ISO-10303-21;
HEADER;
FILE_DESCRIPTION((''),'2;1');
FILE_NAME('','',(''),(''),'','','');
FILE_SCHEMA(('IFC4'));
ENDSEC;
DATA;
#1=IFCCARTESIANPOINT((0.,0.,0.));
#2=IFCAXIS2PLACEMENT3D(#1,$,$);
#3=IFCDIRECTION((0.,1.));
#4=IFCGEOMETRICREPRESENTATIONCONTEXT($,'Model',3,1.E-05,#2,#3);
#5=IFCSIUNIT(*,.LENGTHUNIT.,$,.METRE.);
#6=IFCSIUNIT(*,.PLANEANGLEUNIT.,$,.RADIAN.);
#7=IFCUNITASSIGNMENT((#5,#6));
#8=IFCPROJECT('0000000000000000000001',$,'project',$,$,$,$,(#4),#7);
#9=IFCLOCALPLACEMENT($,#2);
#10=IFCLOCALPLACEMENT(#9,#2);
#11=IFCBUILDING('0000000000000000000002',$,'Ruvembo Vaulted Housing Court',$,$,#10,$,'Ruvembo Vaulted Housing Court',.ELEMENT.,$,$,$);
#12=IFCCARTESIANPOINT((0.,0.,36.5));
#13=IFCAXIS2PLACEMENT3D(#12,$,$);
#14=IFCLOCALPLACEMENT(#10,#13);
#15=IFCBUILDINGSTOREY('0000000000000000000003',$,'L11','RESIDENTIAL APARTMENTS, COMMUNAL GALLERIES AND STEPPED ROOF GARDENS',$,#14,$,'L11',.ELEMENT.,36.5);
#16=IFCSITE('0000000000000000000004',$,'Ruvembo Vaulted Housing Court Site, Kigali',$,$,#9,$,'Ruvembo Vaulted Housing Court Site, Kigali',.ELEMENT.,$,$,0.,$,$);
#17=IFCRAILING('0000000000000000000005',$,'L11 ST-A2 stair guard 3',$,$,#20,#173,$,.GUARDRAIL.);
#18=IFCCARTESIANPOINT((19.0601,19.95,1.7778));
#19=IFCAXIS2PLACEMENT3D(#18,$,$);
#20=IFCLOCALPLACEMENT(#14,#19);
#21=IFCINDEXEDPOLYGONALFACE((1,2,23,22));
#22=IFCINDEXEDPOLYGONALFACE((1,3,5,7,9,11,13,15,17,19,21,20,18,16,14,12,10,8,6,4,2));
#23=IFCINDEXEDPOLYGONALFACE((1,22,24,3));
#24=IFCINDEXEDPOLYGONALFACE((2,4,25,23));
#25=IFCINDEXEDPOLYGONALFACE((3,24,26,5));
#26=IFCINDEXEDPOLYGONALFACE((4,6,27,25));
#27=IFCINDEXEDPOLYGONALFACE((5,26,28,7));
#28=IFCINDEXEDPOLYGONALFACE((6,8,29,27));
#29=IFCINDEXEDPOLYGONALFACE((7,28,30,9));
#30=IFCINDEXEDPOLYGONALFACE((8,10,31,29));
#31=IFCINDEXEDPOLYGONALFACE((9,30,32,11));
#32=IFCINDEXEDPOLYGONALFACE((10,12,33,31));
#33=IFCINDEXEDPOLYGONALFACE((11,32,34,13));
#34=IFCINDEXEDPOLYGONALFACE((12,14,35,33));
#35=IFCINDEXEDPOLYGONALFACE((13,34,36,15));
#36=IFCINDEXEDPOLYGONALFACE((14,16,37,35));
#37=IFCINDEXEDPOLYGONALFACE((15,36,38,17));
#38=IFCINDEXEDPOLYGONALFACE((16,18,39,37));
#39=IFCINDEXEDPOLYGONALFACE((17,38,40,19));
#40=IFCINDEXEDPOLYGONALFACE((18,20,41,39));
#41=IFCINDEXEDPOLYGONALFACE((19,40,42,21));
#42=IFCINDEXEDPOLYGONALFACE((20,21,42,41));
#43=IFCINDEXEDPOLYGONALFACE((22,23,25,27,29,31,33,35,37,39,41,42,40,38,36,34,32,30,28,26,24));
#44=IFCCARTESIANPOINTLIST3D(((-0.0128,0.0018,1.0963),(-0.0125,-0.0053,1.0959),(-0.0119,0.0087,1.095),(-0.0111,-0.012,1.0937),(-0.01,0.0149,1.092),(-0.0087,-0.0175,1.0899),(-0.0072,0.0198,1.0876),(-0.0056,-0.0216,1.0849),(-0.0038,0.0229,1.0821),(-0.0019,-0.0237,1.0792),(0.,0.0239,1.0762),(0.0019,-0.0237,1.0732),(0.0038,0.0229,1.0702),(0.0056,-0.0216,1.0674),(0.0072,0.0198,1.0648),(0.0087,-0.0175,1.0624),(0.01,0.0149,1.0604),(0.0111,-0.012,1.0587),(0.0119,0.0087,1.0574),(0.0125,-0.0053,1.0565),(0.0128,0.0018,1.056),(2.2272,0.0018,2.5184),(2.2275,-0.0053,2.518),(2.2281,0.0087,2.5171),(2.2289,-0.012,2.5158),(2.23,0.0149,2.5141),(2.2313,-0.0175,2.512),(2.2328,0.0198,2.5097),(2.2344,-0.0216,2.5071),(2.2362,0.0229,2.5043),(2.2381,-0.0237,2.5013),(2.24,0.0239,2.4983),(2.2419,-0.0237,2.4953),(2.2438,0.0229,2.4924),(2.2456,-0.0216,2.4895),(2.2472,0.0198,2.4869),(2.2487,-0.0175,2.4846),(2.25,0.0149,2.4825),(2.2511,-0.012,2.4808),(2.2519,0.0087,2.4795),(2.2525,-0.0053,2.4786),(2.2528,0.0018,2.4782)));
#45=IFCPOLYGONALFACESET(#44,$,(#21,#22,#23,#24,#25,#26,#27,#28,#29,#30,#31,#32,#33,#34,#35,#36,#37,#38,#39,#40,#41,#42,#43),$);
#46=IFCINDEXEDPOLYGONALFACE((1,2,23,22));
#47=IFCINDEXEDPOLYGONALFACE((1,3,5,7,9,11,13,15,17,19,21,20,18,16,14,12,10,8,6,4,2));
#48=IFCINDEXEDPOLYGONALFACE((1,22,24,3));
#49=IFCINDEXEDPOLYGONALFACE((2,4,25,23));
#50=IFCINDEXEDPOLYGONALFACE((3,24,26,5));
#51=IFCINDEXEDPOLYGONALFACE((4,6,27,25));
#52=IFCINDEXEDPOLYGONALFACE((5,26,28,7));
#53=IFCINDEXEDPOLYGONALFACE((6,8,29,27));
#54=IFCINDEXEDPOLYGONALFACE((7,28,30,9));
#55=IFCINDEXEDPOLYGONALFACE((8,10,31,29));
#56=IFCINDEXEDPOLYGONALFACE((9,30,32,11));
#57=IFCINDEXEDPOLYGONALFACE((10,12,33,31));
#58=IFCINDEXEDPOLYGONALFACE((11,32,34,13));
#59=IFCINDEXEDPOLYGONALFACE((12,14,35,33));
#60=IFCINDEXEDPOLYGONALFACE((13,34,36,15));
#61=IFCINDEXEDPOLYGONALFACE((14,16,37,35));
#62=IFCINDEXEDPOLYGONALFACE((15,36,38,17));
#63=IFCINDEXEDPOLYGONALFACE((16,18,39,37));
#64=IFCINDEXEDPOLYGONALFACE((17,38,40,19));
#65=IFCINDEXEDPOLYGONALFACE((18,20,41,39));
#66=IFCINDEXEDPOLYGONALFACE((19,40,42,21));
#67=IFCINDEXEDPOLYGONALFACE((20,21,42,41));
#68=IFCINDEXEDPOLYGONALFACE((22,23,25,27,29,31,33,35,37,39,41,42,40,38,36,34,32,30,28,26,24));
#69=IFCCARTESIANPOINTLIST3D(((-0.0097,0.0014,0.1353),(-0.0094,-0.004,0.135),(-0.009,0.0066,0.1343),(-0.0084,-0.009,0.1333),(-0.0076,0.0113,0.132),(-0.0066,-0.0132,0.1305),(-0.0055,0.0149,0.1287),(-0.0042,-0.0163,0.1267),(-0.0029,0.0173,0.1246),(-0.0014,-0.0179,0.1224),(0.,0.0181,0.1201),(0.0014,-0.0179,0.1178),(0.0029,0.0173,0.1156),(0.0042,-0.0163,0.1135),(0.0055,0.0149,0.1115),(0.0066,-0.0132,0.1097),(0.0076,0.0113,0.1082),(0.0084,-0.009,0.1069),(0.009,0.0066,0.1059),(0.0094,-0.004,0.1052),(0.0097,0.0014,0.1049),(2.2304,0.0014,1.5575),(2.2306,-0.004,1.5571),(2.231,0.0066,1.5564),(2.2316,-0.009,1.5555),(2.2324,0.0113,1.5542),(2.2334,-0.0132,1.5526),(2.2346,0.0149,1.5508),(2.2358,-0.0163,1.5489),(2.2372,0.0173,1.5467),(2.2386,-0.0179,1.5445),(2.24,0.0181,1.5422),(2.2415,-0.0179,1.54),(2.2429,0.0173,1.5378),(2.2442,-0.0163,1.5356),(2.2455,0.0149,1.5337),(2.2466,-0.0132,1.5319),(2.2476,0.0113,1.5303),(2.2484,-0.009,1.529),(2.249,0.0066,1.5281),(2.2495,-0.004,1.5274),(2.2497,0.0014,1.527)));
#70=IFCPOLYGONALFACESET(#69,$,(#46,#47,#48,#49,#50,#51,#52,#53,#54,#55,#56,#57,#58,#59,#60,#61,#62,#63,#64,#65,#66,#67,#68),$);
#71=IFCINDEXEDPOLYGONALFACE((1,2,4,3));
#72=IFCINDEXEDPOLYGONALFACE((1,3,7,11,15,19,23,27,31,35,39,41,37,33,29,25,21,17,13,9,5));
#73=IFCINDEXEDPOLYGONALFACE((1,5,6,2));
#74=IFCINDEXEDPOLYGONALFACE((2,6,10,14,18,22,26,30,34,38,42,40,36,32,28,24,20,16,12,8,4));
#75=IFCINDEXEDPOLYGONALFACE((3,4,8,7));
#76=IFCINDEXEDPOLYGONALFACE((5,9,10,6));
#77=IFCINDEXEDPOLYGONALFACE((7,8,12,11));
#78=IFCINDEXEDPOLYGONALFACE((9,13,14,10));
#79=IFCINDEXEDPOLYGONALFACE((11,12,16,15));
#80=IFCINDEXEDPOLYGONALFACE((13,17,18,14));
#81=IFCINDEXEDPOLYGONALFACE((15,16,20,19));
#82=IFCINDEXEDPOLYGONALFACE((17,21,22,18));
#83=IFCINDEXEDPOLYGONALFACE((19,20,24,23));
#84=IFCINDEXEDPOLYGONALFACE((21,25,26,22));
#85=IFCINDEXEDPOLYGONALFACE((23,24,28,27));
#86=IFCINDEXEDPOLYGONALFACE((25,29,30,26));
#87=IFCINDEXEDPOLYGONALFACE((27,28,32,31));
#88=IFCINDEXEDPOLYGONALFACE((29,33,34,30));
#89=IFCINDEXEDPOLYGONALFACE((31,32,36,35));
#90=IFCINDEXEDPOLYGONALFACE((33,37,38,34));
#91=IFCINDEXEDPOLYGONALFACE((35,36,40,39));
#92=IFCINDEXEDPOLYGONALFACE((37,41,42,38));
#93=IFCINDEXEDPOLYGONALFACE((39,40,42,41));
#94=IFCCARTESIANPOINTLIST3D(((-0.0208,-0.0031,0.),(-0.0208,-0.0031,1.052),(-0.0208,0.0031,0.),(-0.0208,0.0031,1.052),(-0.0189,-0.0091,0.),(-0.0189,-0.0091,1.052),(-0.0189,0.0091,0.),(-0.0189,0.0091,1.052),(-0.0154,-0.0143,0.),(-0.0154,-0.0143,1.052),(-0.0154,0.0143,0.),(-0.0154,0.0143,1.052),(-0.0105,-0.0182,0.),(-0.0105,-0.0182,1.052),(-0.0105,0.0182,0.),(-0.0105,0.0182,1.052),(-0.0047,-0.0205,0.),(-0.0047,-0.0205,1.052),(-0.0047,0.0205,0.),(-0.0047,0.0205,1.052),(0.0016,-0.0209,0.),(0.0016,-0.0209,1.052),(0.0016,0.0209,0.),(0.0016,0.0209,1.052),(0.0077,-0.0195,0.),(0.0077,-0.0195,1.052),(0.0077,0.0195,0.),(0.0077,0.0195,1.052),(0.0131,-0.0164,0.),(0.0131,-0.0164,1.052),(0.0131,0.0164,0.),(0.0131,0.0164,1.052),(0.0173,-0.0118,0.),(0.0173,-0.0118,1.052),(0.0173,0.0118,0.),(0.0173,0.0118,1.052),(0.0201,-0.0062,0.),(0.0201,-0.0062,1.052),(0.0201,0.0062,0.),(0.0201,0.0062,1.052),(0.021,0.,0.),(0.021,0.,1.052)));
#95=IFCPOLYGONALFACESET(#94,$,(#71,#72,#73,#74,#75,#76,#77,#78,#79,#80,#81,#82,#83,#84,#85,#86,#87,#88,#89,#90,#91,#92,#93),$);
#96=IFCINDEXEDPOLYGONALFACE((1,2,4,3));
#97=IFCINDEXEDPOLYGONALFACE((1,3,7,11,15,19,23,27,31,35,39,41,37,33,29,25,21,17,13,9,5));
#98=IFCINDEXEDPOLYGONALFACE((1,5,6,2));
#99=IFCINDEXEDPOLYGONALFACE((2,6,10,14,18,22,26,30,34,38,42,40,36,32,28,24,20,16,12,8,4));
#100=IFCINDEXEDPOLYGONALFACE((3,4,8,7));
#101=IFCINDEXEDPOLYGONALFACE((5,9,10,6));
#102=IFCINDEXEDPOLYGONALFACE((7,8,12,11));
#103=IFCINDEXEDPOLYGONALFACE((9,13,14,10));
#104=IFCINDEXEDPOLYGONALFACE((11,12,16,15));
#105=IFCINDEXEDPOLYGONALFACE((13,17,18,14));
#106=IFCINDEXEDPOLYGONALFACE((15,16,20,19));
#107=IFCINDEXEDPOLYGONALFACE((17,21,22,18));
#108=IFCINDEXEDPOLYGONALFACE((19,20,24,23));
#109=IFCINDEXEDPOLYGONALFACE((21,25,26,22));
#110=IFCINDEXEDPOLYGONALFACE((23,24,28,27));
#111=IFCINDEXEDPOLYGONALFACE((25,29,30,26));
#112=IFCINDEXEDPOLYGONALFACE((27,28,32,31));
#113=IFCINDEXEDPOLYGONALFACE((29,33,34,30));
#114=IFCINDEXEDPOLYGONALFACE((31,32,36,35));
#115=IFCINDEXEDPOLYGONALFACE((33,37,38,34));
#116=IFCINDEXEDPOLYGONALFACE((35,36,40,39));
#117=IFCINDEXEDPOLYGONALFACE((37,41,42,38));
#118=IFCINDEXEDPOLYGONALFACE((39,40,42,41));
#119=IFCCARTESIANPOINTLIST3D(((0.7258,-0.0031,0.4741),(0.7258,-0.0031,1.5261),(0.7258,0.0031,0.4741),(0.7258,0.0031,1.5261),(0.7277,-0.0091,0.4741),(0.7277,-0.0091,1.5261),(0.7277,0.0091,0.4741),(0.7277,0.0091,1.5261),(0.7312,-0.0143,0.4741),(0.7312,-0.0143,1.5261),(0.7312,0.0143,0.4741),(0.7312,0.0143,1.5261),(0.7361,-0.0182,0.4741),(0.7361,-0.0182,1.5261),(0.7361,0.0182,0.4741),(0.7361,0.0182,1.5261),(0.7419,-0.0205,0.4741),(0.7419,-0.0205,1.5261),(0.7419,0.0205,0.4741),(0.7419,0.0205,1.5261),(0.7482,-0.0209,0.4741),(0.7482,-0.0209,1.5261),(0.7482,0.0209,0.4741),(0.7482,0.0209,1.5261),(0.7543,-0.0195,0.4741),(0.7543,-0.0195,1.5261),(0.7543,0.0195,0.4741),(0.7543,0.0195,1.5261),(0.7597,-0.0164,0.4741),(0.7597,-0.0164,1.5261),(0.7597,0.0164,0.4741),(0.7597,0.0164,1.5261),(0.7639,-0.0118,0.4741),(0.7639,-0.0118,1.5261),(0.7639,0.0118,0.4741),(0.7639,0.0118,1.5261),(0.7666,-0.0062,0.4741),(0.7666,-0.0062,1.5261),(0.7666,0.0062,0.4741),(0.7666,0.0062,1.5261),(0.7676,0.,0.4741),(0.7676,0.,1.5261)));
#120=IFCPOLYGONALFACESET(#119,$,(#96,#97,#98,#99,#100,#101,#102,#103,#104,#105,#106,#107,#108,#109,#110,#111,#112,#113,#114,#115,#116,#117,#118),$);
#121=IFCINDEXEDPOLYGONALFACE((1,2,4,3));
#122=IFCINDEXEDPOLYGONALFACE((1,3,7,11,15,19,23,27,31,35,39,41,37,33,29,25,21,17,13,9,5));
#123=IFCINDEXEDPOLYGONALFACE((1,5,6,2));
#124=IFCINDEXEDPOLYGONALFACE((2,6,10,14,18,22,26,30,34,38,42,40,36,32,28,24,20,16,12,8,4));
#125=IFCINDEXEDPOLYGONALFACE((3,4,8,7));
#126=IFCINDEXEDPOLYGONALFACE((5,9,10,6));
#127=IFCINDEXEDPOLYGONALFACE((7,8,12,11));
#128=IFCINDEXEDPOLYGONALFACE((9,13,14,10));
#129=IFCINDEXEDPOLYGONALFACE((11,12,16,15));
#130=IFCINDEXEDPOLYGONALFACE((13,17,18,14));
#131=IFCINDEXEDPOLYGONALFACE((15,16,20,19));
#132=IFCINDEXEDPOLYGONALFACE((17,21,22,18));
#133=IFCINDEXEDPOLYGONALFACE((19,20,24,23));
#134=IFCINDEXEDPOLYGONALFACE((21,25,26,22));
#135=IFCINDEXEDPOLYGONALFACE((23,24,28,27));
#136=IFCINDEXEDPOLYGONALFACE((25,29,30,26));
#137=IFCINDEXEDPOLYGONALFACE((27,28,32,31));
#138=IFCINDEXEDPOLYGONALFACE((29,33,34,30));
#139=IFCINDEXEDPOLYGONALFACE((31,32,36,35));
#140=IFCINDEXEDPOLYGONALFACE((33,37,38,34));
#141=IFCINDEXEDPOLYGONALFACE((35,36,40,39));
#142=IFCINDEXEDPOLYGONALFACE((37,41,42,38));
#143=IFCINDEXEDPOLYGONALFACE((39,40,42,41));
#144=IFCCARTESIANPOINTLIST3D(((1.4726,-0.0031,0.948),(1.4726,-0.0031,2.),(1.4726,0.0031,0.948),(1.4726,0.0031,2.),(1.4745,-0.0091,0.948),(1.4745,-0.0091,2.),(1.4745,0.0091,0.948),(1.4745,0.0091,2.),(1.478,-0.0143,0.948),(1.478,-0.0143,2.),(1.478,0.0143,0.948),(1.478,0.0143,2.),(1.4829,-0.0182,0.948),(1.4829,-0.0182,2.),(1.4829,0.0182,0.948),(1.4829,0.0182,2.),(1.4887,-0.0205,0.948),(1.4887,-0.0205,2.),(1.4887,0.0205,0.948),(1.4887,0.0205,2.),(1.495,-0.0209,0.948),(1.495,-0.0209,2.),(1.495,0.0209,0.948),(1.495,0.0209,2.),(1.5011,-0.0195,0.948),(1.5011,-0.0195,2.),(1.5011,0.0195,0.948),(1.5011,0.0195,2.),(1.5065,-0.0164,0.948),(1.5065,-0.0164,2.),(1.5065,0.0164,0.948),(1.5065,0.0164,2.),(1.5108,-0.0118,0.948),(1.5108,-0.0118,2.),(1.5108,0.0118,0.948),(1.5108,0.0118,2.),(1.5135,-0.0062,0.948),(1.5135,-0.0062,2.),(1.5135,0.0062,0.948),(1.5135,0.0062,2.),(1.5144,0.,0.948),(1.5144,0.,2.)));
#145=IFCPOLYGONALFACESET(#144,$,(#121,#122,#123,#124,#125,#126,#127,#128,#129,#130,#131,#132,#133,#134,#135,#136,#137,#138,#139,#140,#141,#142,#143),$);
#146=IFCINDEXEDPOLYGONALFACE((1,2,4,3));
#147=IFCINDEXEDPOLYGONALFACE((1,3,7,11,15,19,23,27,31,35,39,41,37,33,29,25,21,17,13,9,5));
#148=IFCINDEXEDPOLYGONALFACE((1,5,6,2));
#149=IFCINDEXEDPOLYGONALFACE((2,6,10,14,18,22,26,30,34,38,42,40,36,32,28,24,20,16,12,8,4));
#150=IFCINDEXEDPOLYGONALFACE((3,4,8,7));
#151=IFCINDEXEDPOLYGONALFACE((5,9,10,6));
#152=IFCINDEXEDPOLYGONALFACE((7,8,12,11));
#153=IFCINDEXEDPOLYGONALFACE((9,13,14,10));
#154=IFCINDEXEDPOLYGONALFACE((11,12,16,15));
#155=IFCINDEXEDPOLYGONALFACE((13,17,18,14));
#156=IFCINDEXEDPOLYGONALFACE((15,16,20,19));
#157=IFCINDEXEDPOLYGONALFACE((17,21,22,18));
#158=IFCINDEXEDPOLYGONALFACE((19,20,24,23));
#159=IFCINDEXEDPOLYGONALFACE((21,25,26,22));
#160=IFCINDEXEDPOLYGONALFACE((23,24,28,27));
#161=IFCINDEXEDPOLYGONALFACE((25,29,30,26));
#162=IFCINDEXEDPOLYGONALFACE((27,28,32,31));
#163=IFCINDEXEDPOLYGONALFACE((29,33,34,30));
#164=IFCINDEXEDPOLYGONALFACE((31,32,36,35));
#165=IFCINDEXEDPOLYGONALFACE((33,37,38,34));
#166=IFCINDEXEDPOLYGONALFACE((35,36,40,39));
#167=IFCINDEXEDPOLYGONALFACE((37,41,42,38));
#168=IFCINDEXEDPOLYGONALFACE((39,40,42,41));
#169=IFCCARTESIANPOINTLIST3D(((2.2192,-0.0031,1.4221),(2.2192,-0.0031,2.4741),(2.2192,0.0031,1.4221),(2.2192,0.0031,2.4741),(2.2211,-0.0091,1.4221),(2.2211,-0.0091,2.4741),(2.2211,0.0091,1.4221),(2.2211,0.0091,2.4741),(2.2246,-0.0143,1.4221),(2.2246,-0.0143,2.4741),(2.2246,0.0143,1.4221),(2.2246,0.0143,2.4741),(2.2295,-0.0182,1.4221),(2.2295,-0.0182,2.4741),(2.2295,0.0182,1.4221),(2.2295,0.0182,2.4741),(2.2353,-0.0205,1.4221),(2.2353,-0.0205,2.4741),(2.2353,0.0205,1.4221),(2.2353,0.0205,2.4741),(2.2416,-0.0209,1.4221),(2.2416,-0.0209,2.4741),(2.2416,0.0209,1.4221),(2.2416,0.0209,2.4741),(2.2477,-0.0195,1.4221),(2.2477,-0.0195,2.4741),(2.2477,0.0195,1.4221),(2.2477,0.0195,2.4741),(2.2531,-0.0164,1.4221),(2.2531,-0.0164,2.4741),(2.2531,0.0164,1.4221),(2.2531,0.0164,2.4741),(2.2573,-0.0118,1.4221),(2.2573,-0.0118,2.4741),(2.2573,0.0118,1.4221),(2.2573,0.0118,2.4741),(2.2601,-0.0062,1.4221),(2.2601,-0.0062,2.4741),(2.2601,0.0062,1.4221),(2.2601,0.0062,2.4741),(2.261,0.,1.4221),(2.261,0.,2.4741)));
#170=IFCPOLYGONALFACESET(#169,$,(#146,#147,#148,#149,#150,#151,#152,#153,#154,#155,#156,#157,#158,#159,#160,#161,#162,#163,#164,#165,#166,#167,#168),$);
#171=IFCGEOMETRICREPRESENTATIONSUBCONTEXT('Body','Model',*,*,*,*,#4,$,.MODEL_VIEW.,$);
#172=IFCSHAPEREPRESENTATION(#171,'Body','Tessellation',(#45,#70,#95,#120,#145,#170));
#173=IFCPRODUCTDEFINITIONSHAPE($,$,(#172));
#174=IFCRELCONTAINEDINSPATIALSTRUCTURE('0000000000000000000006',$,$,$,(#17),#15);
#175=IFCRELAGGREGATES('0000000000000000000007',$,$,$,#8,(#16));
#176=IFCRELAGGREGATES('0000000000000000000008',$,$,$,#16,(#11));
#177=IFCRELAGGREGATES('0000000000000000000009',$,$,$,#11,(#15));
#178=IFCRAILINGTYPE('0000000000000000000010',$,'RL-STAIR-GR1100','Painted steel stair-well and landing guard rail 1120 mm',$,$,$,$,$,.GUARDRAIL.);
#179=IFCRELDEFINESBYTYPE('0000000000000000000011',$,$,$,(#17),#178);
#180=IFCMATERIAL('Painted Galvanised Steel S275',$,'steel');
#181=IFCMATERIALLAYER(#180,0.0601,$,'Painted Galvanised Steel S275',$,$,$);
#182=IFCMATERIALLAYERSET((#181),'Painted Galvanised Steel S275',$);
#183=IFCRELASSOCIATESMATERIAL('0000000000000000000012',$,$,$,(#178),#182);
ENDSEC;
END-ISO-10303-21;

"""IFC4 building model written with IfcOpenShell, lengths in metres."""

from ifc_helpers import new_model, si_unit, direction, frame, origin, origin_2d, place, context, subcontext, project, spatial, circle, extrude, material, layer, layer_set, type_object, element, save


model = new_model("IFC4")

# Units and contexts
model_context = context("Model", 3, precision=1e-05, world=origin(), true_north=direction((0.0, 1.0)))
body_context = subcontext(model_context, "Body", "Model", "MODEL_VIEW")
ifc_project = project(units=[si_unit("LENGTHUNIT", "METRE"), si_unit("PLANEANGLEUNIT", "RADIAN")], contexts=[model_context])

# Site, building, storey
site_placement = place(None, origin())
site = spatial("IfcSite", under=ifc_project, at=site_placement, Name="Ruvembo Vaulted Housing Court Site, Kigali", LongName="Ruvembo Vaulted Housing Court Site, Kigali", CompositionType="ELEMENT", RefElevation=0.0)
building_placement = place(site_placement, origin())
building = spatial("IfcBuilding", under=site, at=building_placement, Name="Ruvembo Vaulted Housing Court", LongName="Ruvembo Vaulted Housing Court", CompositionType="ELEMENT")
storey_placement = place(building_placement, frame((0.0, 0.0, 36.5)))
storey = spatial("IfcBuildingStorey", under=building, at=storey_placement, Name="L11", Description="RESIDENTIAL APARTMENTS, COMMUNAL GALLERIES AND STEPPED ROOF GARDENS", LongName="L11", CompositionType="ELEMENT", Elevation=36.5)

# Railing
ifc_material_1 = material(Name="Painted Galvanised Steel S275", Category="steel")
ifc_layer_1 = layer(ifc_material_1, 0.0601, Name="Painted Galvanised Steel S275")
ifc_layer_set_1 = layer_set([ifc_layer_1], Name="Painted Galvanised Steel S275")
railing_type_1 = type_object("IfcRailingType", Name="RL-STAIR-GR1100", Description="Painted steel stair-well and landing guard rail 1120 mm", PredefinedType="GUARDRAIL", material=ifc_layer_set_1)
railing_1_placement = place(storey_placement, frame((19.0601, 19.95, 1.7778)))
element("IfcRailing", 1, at=railing_1_placement, inside=storey, type_object=railing_type_1, Name="L11 ST-A2 stair guard 3", PredefinedType="GUARDRAIL", context=body_context, shape_type="SweptSolid", body=[
    extrude(circle(Radius=0.0239, at=origin_2d()), frame((0.0, 0.0, 1.0762), z_axis=(0.844229, 0.0, 0.535982), x_axis=(0.0, 1.0, 0.0)), (0.0, 0.0, 1.0), 2.6533),
    extrude(circle(Radius=0.0181, at=origin_2d()), frame((0.0, 0.0, 0.1201), z_axis=(0.844229, 0.0, 0.535982), x_axis=(0.0, 1.0, 0.0)), (0.0, 0.0, 1.0), 2.6533),
    extrude(circle(Radius=0.021, at=origin_2d()), origin(), (0.0, 0.0, 1.0), 1.052),
    extrude(circle(Radius=0.021, at=origin_2d()), frame((0.7466, 0.0, 0.4741)), (0.0, 0.0, 1.0), 1.052),
    extrude(circle(Radius=0.021, at=origin_2d()), frame((1.4934, 0.0, 0.948)), (0.0, 0.0, 1.0), 1.052),
    extrude(circle(Radius=0.021, at=origin_2d()), frame((2.24, 0.0, 1.4221)), (0.0, 0.0, 1.0), 1.052),
])

save(model, "model.ifc")
